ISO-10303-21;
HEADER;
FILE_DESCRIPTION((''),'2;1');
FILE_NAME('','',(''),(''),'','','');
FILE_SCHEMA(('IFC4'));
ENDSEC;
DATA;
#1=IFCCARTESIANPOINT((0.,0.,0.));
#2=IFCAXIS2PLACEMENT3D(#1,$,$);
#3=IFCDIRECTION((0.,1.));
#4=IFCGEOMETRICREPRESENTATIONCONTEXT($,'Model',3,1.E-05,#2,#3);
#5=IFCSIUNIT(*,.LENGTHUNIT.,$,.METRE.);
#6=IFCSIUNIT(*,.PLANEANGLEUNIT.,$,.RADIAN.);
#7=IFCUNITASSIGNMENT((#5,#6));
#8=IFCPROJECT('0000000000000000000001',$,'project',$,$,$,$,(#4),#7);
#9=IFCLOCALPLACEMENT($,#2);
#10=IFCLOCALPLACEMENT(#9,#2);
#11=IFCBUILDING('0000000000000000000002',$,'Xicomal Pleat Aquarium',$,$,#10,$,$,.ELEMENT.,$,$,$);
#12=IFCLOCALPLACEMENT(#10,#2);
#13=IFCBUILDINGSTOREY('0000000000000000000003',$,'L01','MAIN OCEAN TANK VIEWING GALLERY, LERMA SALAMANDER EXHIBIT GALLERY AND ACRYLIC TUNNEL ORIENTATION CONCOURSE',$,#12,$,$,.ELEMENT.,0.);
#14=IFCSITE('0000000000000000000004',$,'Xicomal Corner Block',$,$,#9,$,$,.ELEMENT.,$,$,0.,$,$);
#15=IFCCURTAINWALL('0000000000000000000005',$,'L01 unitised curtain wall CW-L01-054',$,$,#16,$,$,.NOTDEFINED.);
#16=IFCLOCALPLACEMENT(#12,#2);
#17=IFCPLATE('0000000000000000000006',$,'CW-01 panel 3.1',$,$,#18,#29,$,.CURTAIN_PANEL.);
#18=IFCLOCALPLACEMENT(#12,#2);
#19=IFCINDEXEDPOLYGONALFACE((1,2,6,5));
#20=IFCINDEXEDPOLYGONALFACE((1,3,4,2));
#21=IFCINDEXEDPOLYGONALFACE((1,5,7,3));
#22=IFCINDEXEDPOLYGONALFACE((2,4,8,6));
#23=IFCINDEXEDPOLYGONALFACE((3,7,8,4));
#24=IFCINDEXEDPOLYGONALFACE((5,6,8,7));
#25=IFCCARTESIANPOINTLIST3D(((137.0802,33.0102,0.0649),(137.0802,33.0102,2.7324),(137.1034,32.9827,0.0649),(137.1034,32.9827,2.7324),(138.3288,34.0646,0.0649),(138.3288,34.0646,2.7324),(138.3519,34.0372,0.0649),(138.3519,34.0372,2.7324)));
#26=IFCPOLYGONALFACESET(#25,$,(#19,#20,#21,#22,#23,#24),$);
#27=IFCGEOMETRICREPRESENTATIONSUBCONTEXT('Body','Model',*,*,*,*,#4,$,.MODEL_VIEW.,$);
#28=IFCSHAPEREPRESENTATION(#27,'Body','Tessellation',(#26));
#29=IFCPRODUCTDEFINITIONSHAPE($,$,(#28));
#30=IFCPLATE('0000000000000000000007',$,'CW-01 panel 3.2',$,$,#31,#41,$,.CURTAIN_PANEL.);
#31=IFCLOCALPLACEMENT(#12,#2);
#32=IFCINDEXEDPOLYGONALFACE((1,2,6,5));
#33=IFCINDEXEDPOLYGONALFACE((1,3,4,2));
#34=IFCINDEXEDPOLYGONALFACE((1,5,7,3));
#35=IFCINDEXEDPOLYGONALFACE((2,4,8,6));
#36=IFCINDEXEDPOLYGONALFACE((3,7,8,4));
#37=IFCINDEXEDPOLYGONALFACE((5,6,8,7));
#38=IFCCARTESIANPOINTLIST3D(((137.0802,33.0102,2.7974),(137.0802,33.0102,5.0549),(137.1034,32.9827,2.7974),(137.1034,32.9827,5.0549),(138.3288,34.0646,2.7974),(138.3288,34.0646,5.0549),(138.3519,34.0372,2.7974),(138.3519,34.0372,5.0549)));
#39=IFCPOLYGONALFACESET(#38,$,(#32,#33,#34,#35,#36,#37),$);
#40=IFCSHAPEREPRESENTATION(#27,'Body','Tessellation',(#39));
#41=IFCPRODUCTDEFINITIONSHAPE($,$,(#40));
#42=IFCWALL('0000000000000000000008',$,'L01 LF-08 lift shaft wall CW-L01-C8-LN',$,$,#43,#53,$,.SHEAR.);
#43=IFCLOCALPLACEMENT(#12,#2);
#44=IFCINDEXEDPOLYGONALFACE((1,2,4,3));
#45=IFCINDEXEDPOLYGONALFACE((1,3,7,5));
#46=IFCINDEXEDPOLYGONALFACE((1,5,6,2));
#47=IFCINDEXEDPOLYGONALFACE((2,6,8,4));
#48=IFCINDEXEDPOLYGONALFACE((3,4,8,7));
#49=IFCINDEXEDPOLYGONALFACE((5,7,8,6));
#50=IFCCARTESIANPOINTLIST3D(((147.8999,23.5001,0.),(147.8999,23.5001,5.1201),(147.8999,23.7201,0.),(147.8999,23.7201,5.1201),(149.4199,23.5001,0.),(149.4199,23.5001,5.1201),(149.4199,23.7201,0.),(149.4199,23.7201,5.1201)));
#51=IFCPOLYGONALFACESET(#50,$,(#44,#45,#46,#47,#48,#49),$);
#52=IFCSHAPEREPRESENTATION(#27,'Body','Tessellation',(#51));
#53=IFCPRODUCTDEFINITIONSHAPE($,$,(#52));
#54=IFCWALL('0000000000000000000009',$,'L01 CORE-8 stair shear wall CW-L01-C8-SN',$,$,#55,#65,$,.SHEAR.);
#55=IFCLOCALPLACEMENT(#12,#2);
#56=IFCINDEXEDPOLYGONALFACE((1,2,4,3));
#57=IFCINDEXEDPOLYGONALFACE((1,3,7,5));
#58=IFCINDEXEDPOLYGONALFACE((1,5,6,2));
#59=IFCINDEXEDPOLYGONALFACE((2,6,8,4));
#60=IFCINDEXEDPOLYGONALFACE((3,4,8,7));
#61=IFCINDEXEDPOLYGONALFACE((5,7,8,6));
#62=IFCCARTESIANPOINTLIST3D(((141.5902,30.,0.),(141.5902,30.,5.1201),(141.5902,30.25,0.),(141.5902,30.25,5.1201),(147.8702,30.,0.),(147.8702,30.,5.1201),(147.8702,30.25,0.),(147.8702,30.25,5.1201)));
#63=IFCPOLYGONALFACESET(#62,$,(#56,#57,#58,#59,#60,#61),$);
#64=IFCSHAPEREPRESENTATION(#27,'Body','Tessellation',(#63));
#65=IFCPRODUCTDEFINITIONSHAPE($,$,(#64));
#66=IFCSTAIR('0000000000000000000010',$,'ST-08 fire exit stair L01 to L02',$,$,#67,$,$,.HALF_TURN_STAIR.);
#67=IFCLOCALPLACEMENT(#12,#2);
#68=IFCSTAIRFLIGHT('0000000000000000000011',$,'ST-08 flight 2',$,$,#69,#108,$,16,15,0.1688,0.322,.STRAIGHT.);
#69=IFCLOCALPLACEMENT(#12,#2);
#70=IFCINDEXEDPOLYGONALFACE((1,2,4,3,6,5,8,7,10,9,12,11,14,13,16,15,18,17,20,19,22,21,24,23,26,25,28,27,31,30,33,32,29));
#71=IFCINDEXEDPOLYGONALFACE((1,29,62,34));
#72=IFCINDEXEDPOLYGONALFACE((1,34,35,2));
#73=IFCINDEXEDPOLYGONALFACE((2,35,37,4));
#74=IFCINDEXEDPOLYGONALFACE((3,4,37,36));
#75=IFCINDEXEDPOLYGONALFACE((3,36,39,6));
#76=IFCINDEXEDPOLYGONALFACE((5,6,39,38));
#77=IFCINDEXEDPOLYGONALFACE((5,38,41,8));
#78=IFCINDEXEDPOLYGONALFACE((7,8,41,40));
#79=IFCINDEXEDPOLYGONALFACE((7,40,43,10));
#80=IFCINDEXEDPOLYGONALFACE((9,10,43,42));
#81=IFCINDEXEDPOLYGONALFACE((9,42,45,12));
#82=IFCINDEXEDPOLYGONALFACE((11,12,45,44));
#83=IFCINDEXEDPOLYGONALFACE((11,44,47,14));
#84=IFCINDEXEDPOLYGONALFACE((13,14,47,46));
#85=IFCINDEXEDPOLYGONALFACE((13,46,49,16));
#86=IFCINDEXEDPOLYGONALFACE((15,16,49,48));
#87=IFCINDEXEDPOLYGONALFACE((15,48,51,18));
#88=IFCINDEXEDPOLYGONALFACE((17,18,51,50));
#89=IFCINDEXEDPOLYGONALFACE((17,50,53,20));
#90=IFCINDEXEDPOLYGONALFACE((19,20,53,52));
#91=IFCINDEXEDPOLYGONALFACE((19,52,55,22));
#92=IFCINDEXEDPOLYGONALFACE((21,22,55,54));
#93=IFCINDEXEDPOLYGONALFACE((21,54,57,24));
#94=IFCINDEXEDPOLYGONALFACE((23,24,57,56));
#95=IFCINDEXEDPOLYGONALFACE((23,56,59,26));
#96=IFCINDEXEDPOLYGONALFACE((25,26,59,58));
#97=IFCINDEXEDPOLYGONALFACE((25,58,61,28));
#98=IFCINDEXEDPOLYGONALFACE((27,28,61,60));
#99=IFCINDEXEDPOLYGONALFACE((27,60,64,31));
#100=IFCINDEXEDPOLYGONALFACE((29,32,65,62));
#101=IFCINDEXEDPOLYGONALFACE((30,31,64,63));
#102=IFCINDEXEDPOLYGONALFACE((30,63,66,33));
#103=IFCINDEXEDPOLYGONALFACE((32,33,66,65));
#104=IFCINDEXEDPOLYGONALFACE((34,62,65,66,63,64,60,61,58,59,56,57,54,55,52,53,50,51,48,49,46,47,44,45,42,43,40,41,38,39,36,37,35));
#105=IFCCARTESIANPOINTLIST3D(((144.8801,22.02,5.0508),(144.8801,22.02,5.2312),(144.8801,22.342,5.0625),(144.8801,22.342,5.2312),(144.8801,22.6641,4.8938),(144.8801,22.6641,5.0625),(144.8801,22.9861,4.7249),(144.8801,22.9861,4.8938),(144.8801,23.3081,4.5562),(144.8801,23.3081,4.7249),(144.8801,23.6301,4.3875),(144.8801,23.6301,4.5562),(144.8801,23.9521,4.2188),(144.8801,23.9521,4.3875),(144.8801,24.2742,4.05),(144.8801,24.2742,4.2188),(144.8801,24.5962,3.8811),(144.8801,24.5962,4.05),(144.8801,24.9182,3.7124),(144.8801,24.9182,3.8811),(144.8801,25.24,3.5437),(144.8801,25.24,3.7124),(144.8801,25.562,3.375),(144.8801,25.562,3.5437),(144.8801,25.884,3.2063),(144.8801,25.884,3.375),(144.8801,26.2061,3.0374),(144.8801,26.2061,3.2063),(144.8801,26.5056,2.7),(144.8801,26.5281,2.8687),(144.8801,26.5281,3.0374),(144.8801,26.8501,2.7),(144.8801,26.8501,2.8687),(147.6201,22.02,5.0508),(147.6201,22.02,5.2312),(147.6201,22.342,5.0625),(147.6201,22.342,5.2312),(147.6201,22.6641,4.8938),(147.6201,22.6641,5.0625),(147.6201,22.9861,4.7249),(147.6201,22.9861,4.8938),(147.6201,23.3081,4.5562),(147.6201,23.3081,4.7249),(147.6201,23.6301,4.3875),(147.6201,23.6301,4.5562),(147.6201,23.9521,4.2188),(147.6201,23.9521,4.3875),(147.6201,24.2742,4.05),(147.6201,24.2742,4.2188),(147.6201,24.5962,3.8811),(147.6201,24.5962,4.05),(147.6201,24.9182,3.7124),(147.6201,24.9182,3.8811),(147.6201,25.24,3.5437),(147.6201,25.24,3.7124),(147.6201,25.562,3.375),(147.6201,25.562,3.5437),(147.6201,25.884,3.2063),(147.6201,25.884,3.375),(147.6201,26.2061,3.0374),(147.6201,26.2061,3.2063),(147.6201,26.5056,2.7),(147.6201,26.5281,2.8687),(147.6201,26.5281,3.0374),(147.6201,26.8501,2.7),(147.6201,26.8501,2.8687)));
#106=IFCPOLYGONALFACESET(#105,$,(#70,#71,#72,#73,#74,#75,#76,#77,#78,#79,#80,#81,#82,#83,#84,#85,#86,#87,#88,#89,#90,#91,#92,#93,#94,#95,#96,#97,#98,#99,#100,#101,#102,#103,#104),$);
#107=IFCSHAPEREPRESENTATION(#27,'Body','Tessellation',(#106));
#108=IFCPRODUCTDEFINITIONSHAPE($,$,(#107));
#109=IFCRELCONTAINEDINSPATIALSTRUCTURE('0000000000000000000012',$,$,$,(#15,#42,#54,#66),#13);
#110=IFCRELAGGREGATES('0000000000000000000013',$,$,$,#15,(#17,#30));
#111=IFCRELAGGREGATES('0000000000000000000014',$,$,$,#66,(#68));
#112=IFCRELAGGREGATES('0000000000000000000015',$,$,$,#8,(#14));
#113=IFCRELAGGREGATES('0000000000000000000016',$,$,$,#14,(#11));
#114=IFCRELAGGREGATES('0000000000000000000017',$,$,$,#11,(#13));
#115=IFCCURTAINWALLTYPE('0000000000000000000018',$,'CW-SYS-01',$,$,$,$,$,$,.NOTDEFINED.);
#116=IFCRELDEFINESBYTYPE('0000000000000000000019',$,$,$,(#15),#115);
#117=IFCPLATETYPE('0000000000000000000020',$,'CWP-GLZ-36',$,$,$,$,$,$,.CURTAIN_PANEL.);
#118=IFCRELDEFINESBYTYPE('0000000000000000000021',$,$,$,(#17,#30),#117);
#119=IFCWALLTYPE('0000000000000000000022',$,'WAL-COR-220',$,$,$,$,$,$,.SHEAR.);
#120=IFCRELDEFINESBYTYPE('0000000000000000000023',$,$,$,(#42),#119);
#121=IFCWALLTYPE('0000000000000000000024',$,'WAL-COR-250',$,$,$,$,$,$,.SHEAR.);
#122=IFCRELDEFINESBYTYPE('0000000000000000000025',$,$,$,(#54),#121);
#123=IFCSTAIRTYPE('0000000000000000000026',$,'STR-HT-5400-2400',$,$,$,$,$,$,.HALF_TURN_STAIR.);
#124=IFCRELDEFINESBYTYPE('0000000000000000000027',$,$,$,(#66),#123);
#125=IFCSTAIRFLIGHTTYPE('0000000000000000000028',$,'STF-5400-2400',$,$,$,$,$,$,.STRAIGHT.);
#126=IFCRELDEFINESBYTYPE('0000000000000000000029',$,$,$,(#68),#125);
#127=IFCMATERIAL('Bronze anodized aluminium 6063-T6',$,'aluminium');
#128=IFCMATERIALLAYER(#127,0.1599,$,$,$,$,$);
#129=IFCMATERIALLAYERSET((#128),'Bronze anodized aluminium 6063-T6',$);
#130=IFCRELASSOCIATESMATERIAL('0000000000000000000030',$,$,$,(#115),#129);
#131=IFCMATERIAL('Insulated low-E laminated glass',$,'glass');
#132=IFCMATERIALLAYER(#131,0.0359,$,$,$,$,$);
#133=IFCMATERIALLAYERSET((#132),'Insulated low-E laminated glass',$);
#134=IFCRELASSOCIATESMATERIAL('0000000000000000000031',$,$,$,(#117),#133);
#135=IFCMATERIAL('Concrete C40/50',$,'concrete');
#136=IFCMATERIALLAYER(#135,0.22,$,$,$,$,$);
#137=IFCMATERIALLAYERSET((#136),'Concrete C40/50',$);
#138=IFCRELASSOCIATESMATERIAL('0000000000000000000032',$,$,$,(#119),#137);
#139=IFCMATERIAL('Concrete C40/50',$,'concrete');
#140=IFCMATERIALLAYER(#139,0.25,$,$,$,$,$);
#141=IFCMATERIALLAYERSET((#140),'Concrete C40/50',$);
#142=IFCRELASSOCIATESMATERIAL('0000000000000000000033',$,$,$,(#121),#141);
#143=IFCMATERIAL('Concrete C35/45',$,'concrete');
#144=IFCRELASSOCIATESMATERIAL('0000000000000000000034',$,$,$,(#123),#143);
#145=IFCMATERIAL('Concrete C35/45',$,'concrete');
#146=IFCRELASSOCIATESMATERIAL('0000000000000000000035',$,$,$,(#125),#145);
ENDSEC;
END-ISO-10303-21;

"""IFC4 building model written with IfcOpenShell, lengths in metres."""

from ifc_helpers import new_model, si_unit, direction, frame, frame_2d, origin, origin_2d, place, context, subcontext, project, spatial, polyline, rectangle, outline, extrude, material, layer, layer_set, type_object, element, aggregate, save


model = new_model("IFC4")

# Units and contexts
model_context = context("Model", 3, precision=1e-05, world=origin(), true_north=direction((0.0, 1.0)))
body_context = subcontext(model_context, "Body", "Model", "MODEL_VIEW")
ifc_project = project(units=[si_unit("LENGTHUNIT", "METRE"), si_unit("PLANEANGLEUNIT", "RADIAN")], contexts=[model_context])

# Site, building, storey
site_placement = place(None, origin())
site = spatial("IfcSite", under=ifc_project, at=site_placement, Name="Xicomal Corner Block", CompositionType="ELEMENT", RefElevation=0.0)
building_placement = place(site_placement, origin())
building = spatial("IfcBuilding", under=site, at=building_placement, Name="Xicomal Pleat Aquarium", CompositionType="ELEMENT")
storey_placement = place(building_placement, origin())
storey = spatial("IfcBuildingStorey", under=building, at=storey_placement, Name="L01", Description="MAIN OCEAN TANK VIEWING GALLERY, LERMA SALAMANDER EXHIBIT GALLERY AND ACRYLIC TUNNEL ORIENTATION CONCOURSE", CompositionType="ELEMENT", Elevation=0.0)

# Curtain wall
ifc_material_1 = material(Name="Bronze anodized aluminium 6063-T6", Category="aluminium")
ifc_layer_1 = layer(ifc_material_1, 0.1599)
ifc_layer_set_1 = layer_set([ifc_layer_1], Name="Bronze anodized aluminium 6063-T6")
curtain_wall_type_1 = type_object("IfcCurtainWallType", Name="CW-SYS-01", PredefinedType="NOTDEFINED", material=ifc_layer_set_1)
curtain_wall_1_placement = place(storey_placement, origin())
curtain_wall_1 = element("IfcCurtainWall", 1, at=curtain_wall_1_placement, inside=storey, type_object=curtain_wall_type_1, Name="L01 unitised curtain wall CW-L01-054", PredefinedType="NOTDEFINED")

# Plates
ifc_material_2 = material(Name="Insulated low-E laminated glass", Category="glass")
ifc_layer_2 = layer(ifc_material_2, 0.0359)
ifc_layer_set_2 = layer_set([ifc_layer_2], Name="Insulated low-E laminated glass")
plate_type = type_object("IfcPlateType", Name="CWP-GLZ-36", PredefinedType="CURTAIN_PANEL", material=ifc_layer_set_2)
plate_1_placement = place(storey_placement, frame((137.7161, 33.5237, 0.0649), z_axis=(0.0, 0.0, 1.0), x_axis=(0.763992, 0.645226, 0.0)))
plate_1 = element("IfcPlate", 2, at=plate_1_placement, type_object=plate_type, Name="CW-01 panel 3.1", PredefinedType="CURTAIN_PANEL", context=body_context, shape_type="SweptSolid", body=[
    extrude(rectangle(XDim=1.6343, YDim=0.0359, at=origin_2d()), origin(), (0.0, 0.0, 1.0), 2.6675),
])
plate_2_placement = place(storey_placement, frame((137.7161, 33.5237, 2.7974), z_axis=(0.0, 0.0, 1.0), x_axis=(0.763992, 0.645226, 0.0)))
plate_2 = element("IfcPlate", 3, at=plate_2_placement, type_object=plate_type, Name="CW-01 panel 3.2", PredefinedType="CURTAIN_PANEL", context=body_context, shape_type="SweptSolid", body=[
    extrude(rectangle(XDim=1.6343, YDim=0.0359, at=origin_2d()), origin(), (0.0, 0.0, 1.0), 2.2576),
])
aggregate(curtain_wall_1, [plate_1, plate_2])

# Walls
ifc_material_3 = material(Name="Concrete C40/50", Category="concrete")
ifc_layer_3 = layer(ifc_material_3, 0.22)
ifc_layer_set_3 = layer_set([ifc_layer_3], Name="Concrete C40/50")
wall_type_1 = type_object("IfcWallType", Name="WAL-COR-220", PredefinedType="SHEAR", material=ifc_layer_set_3)
wall_1_placement = place(storey_placement, frame((147.8999, 23.6101, 0.0), z_axis=(0.0, 0.0, 1.0), x_axis=(1.0, 0.0, 0.0)))
element("IfcWall", 4, at=wall_1_placement, inside=storey, type_object=wall_type_1, Name="L01 LF-08 lift shaft wall CW-L01-C8-LN", PredefinedType="SHEAR", context=body_context, shape_type="SweptSolid", body=[
    extrude(rectangle(XDim=1.52, YDim=0.22, at=frame_2d((0.76, 0.0))), origin(), (0.0, 0.0, 1.0), 5.1201),
])
ifc_material_4 = material(Name="Concrete C40/50", Category="concrete")
ifc_layer_4 = layer(ifc_material_4, 0.25)
ifc_layer_set_4 = layer_set([ifc_layer_4], Name="Concrete C40/50")
wall_type_2 = type_object("IfcWallType", Name="WAL-COR-250", PredefinedType="SHEAR", material=ifc_layer_set_4)
wall_2_placement = place(storey_placement, frame((141.5901, 30.125, 0.0), z_axis=(0.0, 0.0, 1.0), x_axis=(1.0, 0.0, 0.0)))
element("IfcWall", 5, at=wall_2_placement, inside=storey, type_object=wall_type_2, Name="L01 CORE-8 stair shear wall CW-L01-C8-SN", PredefinedType="SHEAR", context=body_context, shape_type="SweptSolid", body=[
    extrude(rectangle(XDim=6.28, YDim=0.25, at=frame_2d((3.1401, 0.0))), origin(), (0.0, 0.0, 1.0), 5.1201),
])

# Stair, stair flight
ifc_material_5 = material(Name="Concrete C35/45", Category="concrete")
stair_type = type_object("IfcStairType", Name="STR-HT-5400-2400", PredefinedType="HALF_TURN_STAIR", material=ifc_material_5)
stair_placement = place(storey_placement, origin())
stair = element("IfcStair", 6, at=stair_placement, inside=storey, type_object=stair_type, Name="ST-08 fire exit stair L01 to L02", PredefinedType="HALF_TURN_STAIR")
ifc_material_6 = material(Name="Concrete C35/45", Category="concrete")
stair_flight_type = type_object("IfcStairFlightType", Name="STF-5400-2400", PredefinedType="STRAIGHT", material=ifc_material_6)
stair_flight_placement = place(storey_placement, frame((146.25, 26.8501, 2.7), z_axis=(0.0, 0.0, 1.0), x_axis=(0.0, -1.0, 0.0)))
stair_flight = element("IfcStairFlight", 7, at=stair_flight_placement, type_object=stair_flight_type, Name="ST-08 flight 2", NumberOfRisers=16, NumberOfTreads=15, PredefinedType="STRAIGHT", RiserHeight=0.1688, TreadLength=0.322, context=body_context, shape_type="SweptSolid", body=[
    extrude(outline(polyline([(0.0, 0.0), (0.0, 0.1687), (0.322, 0.1687), (0.322, 0.3374), (0.644, 0.3374), (0.644, 0.5063), (0.9661, 0.5063), (0.9661, 0.675), (1.2881, 0.675), (1.2881, 0.8438), (1.6101, 0.8438), (1.6101, 1.0125), (1.9319, 1.0125), (1.9319, 1.1812), (2.2539, 1.1812), (2.2539, 1.3501), (2.5759, 1.3501), (2.5759, 1.5188), (2.8979, 1.5188), (2.8979, 1.6875), (3.22, 1.6875), (3.22, 1.8562), (3.542, 1.8562), (3.542, 2.0249), (3.864, 2.0249), (3.864, 2.1938), (4.186, 2.1938), (4.186, 2.3625), (4.5081, 2.3625), (4.5081, 2.5312), (4.8301, 2.5312), (4.8301, 2.7), (4.8301, 2.3508), (0.3445, 0.0), (0.0, 0.0)])), frame((0.0, 1.3701, 0.0), z_axis=(0.0, -1.0, 0.0), x_axis=(1.0, 0.0, 0.0)), (0.0, 0.0, 1.0), 2.74),
])
aggregate(stair, [stair_flight])

save(model, "model.ifc")
